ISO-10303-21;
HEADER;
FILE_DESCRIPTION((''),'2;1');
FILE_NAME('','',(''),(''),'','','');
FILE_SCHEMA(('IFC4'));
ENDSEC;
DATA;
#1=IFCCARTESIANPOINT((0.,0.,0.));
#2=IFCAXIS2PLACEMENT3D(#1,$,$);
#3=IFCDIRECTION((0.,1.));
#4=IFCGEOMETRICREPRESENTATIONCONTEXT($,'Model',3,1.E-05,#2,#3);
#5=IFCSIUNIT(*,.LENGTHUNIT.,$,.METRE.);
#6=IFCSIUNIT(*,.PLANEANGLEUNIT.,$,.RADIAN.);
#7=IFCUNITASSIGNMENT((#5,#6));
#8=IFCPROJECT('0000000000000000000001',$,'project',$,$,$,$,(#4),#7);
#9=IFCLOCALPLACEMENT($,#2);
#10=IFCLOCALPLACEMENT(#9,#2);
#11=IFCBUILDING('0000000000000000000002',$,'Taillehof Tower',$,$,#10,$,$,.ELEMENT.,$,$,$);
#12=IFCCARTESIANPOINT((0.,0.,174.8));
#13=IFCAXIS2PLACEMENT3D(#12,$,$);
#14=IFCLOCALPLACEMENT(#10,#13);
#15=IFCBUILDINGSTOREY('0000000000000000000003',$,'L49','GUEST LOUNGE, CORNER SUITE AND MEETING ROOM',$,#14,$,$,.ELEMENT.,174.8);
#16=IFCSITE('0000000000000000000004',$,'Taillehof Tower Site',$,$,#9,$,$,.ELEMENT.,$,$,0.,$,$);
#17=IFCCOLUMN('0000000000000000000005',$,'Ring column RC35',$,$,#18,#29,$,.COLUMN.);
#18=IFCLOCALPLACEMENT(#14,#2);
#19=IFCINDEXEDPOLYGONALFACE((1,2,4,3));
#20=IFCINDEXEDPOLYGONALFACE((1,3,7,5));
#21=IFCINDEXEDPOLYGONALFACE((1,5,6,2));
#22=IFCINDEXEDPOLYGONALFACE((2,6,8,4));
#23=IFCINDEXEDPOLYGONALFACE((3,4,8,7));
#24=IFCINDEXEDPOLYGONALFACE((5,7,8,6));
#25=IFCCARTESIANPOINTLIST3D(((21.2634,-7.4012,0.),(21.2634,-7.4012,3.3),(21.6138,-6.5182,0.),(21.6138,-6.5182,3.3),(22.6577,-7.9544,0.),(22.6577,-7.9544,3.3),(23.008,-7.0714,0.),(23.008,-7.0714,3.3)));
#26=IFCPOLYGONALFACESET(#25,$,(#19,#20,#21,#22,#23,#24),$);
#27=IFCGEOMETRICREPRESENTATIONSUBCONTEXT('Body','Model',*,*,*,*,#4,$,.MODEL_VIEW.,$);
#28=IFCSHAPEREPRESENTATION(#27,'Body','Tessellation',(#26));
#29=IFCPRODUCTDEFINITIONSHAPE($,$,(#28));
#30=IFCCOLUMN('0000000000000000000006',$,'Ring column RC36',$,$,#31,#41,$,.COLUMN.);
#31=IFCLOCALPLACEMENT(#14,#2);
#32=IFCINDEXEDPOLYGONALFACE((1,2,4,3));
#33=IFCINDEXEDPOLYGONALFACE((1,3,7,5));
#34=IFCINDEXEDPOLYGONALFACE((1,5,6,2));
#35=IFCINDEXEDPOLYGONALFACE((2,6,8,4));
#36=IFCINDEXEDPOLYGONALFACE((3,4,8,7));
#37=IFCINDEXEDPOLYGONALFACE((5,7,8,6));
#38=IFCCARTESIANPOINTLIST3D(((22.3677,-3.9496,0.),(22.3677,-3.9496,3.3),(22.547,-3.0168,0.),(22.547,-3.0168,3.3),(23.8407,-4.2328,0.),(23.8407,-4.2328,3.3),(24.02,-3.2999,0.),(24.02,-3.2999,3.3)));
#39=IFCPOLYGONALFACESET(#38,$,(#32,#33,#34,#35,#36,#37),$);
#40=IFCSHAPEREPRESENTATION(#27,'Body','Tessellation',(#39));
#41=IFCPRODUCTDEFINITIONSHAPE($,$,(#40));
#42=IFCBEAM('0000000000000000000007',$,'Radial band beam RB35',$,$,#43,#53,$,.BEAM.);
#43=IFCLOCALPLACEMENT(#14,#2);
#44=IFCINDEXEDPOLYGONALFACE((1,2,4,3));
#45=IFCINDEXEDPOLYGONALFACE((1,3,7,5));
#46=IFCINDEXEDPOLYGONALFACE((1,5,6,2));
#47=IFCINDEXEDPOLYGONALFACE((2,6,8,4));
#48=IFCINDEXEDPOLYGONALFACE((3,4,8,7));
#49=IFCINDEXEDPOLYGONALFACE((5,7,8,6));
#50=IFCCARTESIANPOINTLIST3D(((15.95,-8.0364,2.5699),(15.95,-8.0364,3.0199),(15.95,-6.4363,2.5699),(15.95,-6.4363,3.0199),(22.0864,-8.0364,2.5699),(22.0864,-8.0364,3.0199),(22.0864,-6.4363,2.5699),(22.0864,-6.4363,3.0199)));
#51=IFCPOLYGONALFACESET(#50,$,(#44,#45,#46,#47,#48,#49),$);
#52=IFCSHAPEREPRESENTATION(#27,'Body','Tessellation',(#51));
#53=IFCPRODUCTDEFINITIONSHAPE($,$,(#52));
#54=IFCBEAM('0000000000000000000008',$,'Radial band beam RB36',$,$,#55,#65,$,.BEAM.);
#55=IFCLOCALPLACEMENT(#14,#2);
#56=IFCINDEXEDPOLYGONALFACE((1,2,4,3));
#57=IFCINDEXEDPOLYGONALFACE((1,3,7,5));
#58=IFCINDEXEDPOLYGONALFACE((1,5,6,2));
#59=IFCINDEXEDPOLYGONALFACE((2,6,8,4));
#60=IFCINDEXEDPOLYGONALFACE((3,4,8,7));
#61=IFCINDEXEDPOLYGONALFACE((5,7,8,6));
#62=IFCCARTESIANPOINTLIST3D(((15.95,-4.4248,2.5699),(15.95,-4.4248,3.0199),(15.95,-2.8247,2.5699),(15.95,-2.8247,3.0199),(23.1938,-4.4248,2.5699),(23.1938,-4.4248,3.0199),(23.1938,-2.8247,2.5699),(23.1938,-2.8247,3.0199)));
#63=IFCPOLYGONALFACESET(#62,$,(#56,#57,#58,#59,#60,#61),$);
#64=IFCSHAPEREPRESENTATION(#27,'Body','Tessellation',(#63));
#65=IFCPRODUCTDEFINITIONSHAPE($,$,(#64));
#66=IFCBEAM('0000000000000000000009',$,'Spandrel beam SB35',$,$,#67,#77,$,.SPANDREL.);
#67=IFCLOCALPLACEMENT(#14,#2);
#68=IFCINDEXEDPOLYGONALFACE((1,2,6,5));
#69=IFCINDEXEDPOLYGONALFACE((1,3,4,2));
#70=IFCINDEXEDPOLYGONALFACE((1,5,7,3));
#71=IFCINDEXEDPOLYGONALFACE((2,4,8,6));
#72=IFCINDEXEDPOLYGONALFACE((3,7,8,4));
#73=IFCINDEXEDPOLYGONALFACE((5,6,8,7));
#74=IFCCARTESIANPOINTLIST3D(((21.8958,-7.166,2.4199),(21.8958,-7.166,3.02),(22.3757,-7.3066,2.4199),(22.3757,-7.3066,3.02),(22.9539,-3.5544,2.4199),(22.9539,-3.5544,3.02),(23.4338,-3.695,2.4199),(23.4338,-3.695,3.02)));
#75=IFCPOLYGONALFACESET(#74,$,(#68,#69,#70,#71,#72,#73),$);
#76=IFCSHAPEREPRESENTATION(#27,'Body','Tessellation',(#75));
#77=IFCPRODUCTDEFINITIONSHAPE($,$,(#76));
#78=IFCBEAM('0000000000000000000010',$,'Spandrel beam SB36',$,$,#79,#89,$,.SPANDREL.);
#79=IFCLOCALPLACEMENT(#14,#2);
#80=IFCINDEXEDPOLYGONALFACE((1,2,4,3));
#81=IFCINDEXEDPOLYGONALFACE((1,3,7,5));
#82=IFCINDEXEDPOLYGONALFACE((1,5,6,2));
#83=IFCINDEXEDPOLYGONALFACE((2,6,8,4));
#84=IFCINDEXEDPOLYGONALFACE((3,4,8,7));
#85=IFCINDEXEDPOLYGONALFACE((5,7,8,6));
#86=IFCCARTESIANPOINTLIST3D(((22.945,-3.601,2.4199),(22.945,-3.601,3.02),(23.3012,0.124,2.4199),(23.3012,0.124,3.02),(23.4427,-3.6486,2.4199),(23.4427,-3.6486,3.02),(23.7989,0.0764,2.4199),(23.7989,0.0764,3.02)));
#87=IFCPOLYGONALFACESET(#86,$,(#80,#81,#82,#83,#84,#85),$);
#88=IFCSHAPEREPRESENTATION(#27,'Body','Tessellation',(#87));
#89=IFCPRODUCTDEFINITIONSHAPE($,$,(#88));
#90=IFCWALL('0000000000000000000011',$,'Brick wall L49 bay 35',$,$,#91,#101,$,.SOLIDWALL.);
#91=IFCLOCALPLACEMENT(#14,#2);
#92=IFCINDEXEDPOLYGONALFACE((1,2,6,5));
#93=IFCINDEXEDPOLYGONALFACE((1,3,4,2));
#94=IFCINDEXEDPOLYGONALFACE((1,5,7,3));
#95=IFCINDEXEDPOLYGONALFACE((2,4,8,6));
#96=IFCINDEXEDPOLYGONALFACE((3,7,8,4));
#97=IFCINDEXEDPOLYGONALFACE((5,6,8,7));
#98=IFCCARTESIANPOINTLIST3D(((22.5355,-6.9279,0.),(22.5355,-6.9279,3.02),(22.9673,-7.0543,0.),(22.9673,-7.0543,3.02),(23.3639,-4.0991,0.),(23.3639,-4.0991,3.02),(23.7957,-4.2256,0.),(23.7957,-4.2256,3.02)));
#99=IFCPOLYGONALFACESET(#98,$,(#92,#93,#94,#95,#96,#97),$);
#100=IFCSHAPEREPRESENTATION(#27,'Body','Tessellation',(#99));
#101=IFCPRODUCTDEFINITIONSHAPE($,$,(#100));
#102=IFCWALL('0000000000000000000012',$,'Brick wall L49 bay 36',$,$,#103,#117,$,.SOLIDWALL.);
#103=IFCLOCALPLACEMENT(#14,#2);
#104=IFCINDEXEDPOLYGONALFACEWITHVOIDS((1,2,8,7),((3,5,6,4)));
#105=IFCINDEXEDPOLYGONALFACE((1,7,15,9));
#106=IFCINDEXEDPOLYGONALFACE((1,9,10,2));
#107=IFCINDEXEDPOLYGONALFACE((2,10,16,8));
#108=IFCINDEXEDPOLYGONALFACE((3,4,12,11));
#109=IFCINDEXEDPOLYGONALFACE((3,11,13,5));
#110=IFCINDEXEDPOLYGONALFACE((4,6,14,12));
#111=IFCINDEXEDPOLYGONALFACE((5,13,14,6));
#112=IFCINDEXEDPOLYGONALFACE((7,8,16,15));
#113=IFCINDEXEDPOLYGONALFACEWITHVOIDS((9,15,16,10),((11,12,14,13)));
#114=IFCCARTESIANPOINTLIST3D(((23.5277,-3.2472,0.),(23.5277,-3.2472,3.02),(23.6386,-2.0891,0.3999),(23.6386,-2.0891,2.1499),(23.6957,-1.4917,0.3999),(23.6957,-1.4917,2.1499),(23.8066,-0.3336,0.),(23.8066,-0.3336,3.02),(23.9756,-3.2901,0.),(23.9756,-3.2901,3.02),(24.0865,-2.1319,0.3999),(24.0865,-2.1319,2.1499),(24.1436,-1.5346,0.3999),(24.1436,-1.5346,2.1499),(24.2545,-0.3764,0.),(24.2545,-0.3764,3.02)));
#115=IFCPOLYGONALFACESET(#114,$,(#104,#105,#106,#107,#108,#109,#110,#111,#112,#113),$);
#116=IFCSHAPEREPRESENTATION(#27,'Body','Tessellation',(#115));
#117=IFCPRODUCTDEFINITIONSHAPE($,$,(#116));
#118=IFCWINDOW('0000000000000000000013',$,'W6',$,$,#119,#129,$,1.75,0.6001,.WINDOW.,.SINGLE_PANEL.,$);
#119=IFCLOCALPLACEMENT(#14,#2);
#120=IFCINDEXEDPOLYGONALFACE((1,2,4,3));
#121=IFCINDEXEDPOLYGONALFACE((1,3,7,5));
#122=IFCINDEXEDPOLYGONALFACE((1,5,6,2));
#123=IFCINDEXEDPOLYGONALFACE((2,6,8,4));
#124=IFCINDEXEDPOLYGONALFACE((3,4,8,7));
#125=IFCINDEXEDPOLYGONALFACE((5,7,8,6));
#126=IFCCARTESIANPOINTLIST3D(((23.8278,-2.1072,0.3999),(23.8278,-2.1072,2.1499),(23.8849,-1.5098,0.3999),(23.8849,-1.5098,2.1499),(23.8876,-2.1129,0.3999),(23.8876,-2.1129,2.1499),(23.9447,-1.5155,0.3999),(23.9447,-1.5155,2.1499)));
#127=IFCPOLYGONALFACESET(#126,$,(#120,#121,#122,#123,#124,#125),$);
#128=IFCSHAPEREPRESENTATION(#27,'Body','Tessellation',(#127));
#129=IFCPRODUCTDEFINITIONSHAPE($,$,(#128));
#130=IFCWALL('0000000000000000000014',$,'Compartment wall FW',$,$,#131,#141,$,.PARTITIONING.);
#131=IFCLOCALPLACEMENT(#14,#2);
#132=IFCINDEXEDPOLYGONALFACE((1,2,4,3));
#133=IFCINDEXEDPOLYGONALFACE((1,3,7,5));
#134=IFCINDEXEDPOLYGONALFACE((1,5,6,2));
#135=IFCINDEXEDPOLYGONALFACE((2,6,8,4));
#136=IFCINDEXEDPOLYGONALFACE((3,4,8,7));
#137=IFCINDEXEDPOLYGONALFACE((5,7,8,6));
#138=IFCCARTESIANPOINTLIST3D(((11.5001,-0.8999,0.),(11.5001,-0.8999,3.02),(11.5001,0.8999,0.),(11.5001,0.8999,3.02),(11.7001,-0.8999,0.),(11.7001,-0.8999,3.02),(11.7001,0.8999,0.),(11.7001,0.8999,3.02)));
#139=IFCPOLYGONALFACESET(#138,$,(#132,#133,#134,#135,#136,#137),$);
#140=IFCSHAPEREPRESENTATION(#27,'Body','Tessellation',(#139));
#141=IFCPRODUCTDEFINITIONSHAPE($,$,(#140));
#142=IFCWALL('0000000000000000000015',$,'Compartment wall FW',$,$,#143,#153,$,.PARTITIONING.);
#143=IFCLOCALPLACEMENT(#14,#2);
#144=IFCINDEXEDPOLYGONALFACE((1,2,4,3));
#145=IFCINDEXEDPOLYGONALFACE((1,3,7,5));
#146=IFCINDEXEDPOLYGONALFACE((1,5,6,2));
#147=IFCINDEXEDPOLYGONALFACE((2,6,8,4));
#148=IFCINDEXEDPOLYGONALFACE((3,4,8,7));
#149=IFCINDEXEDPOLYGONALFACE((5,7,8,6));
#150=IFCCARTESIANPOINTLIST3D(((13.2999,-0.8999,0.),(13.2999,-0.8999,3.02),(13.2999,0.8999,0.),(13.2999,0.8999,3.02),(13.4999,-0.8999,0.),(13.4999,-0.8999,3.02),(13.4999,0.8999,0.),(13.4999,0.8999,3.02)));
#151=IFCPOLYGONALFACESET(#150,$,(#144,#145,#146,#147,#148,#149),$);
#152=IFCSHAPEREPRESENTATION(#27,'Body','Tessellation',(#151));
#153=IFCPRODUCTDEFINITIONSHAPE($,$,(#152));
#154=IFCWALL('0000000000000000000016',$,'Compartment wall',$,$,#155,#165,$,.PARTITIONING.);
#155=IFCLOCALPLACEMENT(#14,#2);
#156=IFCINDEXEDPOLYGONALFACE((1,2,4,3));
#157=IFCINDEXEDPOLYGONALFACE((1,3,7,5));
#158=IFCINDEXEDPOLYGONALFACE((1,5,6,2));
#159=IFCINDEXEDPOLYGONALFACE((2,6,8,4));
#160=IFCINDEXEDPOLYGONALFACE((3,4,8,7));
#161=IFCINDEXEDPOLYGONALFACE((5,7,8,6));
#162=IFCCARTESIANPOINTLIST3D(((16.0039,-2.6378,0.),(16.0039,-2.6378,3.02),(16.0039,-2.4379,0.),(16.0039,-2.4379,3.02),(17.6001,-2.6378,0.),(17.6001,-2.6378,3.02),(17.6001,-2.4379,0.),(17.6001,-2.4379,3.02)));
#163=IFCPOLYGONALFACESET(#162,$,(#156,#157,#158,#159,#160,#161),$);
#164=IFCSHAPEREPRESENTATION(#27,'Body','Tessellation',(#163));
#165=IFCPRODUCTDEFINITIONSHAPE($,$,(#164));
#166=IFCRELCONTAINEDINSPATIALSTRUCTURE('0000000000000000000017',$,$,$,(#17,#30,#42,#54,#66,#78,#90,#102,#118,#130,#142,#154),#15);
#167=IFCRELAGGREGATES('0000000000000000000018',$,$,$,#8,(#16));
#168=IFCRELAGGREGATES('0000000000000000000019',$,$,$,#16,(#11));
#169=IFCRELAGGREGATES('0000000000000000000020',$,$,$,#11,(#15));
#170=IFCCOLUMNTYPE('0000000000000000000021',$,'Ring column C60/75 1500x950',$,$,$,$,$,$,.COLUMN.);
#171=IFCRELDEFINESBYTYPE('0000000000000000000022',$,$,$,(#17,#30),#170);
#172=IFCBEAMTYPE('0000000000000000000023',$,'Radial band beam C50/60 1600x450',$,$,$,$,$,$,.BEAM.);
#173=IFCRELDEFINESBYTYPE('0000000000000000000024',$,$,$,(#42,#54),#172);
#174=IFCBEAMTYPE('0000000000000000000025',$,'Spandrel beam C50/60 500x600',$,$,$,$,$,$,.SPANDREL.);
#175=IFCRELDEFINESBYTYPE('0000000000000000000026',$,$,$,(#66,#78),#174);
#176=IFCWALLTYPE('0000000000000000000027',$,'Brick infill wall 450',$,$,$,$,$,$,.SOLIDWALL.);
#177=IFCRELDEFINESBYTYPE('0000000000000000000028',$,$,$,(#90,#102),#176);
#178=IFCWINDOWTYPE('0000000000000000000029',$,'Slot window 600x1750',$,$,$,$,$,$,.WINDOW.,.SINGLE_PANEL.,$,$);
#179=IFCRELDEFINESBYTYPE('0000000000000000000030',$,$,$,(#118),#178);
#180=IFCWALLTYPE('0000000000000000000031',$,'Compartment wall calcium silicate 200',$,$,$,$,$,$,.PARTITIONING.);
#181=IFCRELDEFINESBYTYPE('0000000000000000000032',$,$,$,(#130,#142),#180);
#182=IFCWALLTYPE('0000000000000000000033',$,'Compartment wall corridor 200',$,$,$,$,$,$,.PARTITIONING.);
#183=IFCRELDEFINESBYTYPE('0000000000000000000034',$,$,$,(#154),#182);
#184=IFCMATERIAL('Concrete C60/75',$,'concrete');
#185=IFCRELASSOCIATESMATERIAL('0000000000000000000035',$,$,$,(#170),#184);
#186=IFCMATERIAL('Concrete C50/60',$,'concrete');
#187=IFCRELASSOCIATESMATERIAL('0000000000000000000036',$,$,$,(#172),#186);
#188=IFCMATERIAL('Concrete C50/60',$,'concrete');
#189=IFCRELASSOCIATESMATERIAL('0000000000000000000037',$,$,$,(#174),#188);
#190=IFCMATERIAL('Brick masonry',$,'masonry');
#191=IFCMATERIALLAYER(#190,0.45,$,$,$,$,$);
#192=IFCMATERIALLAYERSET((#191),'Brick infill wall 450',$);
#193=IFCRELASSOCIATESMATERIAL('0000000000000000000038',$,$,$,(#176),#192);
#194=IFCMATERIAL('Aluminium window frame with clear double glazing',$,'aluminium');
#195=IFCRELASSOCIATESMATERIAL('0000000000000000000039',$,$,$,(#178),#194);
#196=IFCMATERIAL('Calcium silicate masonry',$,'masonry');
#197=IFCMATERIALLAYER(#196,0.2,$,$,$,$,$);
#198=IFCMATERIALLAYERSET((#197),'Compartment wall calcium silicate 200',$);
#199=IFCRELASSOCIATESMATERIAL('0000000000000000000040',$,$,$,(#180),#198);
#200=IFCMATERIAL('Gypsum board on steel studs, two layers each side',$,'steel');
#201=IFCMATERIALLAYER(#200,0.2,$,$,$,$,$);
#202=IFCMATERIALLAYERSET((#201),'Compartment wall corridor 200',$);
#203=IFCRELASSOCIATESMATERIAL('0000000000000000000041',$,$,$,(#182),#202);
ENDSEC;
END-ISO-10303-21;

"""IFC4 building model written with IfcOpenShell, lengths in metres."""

from ifc_helpers import new_model, si_unit, direction, frame, frame_2d, origin, origin_2d, place, context, subcontext, project, spatial, rectangle, extrude, material, layer, layer_set, material_profile, profile_set, type_object, element, fill, save


model = new_model("IFC4")

# Units and contexts
model_context = context("Model", 3, precision=1e-05, world=origin(), true_north=direction((0.0, 1.0)))
body_context = subcontext(model_context, "Body", "Model", "MODEL_VIEW")
ifc_project = project(units=[si_unit("LENGTHUNIT", "METRE"), si_unit("PLANEANGLEUNIT", "RADIAN")], contexts=[model_context])

# Site, building, storey
site_placement = place(None, origin())
site = spatial("IfcSite", under=ifc_project, at=site_placement, Name="Taillehof Tower Site", CompositionType="ELEMENT", RefElevation=0.0)
building_placement = place(site_placement, origin())
building = spatial("IfcBuilding", under=site, at=building_placement, Name="Taillehof Tower", CompositionType="ELEMENT")
storey_placement = place(building_placement, frame((0.0, 0.0, 174.8)))
storey = spatial("IfcBuildingStorey", under=building, at=storey_placement, Name="L49", Description="GUEST LOUNGE, CORNER SUITE AND MEETING ROOM", CompositionType="ELEMENT", Elevation=174.8)

# Columns
ifc_material_1 = material(Name="Concrete C60/75", Category="concrete")
ifc_material_profile_1 = material_profile(ifc_material_1, rectangle(XDim=1.5, YDim=0.95, at=origin_2d()), Name="RC 1500x950")
ifc_profile_set_1 = profile_set([ifc_material_profile_1], Name="Concrete C60/75")
column_type = type_object("IfcColumnType", Name="Ring column C60/75 1500x950", PredefinedType="COLUMN", material=ifc_profile_set_1)
for number, where, z_axis, x_axis, name in (
    (1, (22.1357, -7.2363, 0.0), (0.0, 0.0, 1.0), (0.929511, -0.368793, 0.0), "Ring column RC35"),
    (2, (23.1938, -3.6248, 0.0), (0.0, 0.0, 1.0), (0.982024, -0.188757, 0.0), "Ring column RC36"),
):
    element("IfcColumn", number, at=place(storey_placement, frame(where, z_axis=z_axis, x_axis=x_axis)), inside=storey, type_object=column_type, Name=name, PredefinedType="COLUMN", context=body_context, shape_type="SweptSolid", body=[
        extrude(rectangle(XDim=1.5, YDim=0.95, at=origin_2d()), origin(), (0.0, 0.0, 1.0), 3.3),
    ])

# Beams
ifc_material_2 = material(Name="Concrete C50/60", Category="concrete")
ifc_material_profile_2 = material_profile(ifc_material_2, rectangle(XDim=1.6001, YDim=0.45, at=origin_2d()), Name="RC 1600x450")
ifc_profile_set_2 = profile_set([ifc_material_profile_2], Name="Concrete C50/60")
beam_type_1 = type_object("IfcBeamType", Name="Radial band beam C50/60 1600x450", PredefinedType="BEAM", material=ifc_profile_set_2)
beam_1_placement = place(storey_placement, frame((22.0864, -7.2363, 2.7949), z_axis=(-1.0, 0.0, 0.0), x_axis=(0.0, -1.0, 0.0)))
element("IfcBeam", 3, at=beam_1_placement, inside=storey, type_object=beam_type_1, Name="Radial band beam RB35", PredefinedType="BEAM", context=body_context, shape_type="SweptSolid", body=[
    extrude(rectangle(XDim=1.6001, YDim=0.45, at=origin_2d()), origin(), (0.0, 0.0, 1.0), 6.1365),
])
beam_2_placement = place(storey_placement, frame((23.1938, -3.6248, 2.7949), z_axis=(-1.0, 0.0, 0.0), x_axis=(0.0, -1.0, 0.0)))
element("IfcBeam", 4, at=beam_2_placement, inside=storey, type_object=beam_type_1, Name="Radial band beam RB36", PredefinedType="BEAM", context=body_context, shape_type="SweptSolid", body=[
    extrude(rectangle(XDim=1.6001, YDim=0.45, at=origin_2d()), origin(), (0.0, 0.0, 1.0), 7.2439),
])
ifc_material_3 = material(Name="Concrete C50/60", Category="concrete")
ifc_material_profile_3 = material_profile(ifc_material_3, rectangle(XDim=0.5, YDim=0.6001, at=origin_2d()), Name="RC 500x600")
ifc_profile_set_3 = profile_set([ifc_material_profile_3], Name="Concrete C50/60")
beam_type_2 = type_object("IfcBeamType", Name="Spandrel beam C50/60 500x600", PredefinedType="SPANDREL", material=ifc_profile_set_3)
beam_3_placement = place(storey_placement, frame((22.1357, -7.2363, 2.72), z_axis=(0.281158, 0.959661, 0.0), x_axis=(-0.959661, 0.281158, 0.0)))
element("IfcBeam", 5, at=beam_3_placement, inside=storey, type_object=beam_type_2, Name="Spandrel beam SB35", PredefinedType="SPANDREL", context=body_context, shape_type="SweptSolid", body=[
    extrude(rectangle(XDim=0.5, YDim=0.6001, at=origin_2d()), origin(), (0.0, 0.0, 1.0), 3.7634),
])
beam_4_placement = place(storey_placement, frame((23.1938, -3.6248, 2.72), z_axis=(0.095194, 0.995459, 0.0), x_axis=(-0.995459, 0.095194, 0.0)))
element("IfcBeam", 6, at=beam_4_placement, inside=storey, type_object=beam_type_2, Name="Spandrel beam SB36", PredefinedType="SPANDREL", context=body_context, shape_type="SweptSolid", body=[
    extrude(rectangle(XDim=0.5, YDim=0.6001, at=origin_2d()), origin(), (0.0, 0.0, 1.0), 3.7419),
])

# Wall
ifc_material_4 = material(Name="Brick masonry", Category="masonry")
ifc_layer_1 = layer(ifc_material_4, 0.45)
ifc_layer_set_1 = layer_set([ifc_layer_1], Name="Brick infill wall 450")
wall_type_1 = type_object("IfcWallType", Name="Brick infill wall 450", PredefinedType="SOLIDWALL", material=ifc_layer_set_1)
wall_1_placement = place(storey_placement, frame((22.7515, -6.991, 0.0), z_axis=(0.0, 0.0, 1.0), x_axis=(0.281049, 0.959693, 0.0)))
element("IfcWall", 7, at=wall_1_placement, inside=storey, type_object=wall_type_1, Name="Brick wall L49 bay 35", PredefinedType="SOLIDWALL", context=body_context, shape_type="SweptSolid", body=[
    extrude(rectangle(XDim=2.9475, YDim=0.45, at=frame_2d((1.4736, 0.0))), origin(), (0.0, 0.0, 1.0), 3.02),
])

# Wall, opening, window
wall_2_placement = place(storey_placement, frame((23.7517, -3.2686, 0.0), z_axis=(0.0, 0.0, 1.0), x_axis=(0.095258, 0.995453, 0.0)))
wall_2 = element("IfcWall", 8, at=wall_2_placement, inside=storey, type_object=wall_type_1, Name="Brick wall L49 bay 36", PredefinedType="SOLIDWALL", context=body_context, shape_type="SweptSolid", body=[
    extrude(rectangle(XDim=2.927, YDim=0.45, at=frame_2d((1.4634, 0.0))), origin(), (0.0, 0.0, 1.0), 3.02),
])
opening_1_placement = place(wall_2_placement, frame((1.1633, 0.0, 0.3999)))
opening_1 = element("IfcOpeningElement", 9, at=opening_1_placement, cuts=wall_2, PredefinedType="OPENING", context=body_context, shape_type="SweptSolid", body=[
    extrude(rectangle(XDim=0.6001, YDim=1.75, at=frame_2d((0.3, 0.875))), frame((0.0, 0.2349, 0.0), z_axis=(0.0, -1.0, 0.0), x_axis=(1.0, 0.0, 0.0)), (0.0, 0.0, 1.0), 0.47),
])
ifc_material_5 = material(Name="Aluminium window frame with clear double glazing", Category="aluminium")
window_type = type_object("IfcWindowType", Name="Slot window 600x1750", PartitioningType="SINGLE_PANEL", PredefinedType="WINDOW", material=ifc_material_5)
window_placement = place(opening_1_placement, origin())
window = element("IfcWindow", 10, at=window_placement, inside=storey, type_object=window_type, Name="W6", OverallHeight=1.75, OverallWidth=0.6001, PartitioningType="SINGLE_PANEL", PredefinedType="WINDOW", context=body_context, shape_type="SweptSolid", body=[
    extrude(rectangle(XDim=0.6001, YDim=1.75, at=frame_2d((0.3, 0.875))), frame((0.0, 0.0349, 0.0), z_axis=(0.0, -1.0, 0.0), x_axis=(1.0, 0.0, 0.0)), (0.0, 0.0, 1.0), 0.0601),
])
fill(opening_1, window)

# Walls
ifc_material_6 = material(Name="Calcium silicate masonry", Category="masonry")
ifc_layer_2 = layer(ifc_material_6, 0.2)
ifc_layer_set_2 = layer_set([ifc_layer_2], Name="Compartment wall calcium silicate 200")
wall_type_2 = type_object("IfcWallType", Name="Compartment wall calcium silicate 200", PredefinedType="PARTITIONING", material=ifc_layer_set_2)
for number, where, z_axis, x_axis, name in (
    (11, (11.6001, -0.8999, 0.0), (0.0, 0.0, 1.0), (0.0, 1.0, 0.0), "Compartment wall FW"),
    (12, (13.3999, -0.8999, 0.0), (0.0, 0.0, 1.0), (0.0, 1.0, 0.0), "Compartment wall FW"),
):
    element("IfcWall", number, at=place(storey_placement, frame(where, z_axis=z_axis, x_axis=x_axis)), inside=storey, type_object=wall_type_2, Name=name, PredefinedType="PARTITIONING", context=body_context, shape_type="SweptSolid", body=[
        extrude(rectangle(XDim=1.7998, YDim=0.2, at=frame_2d((0.8999, 0.0))), origin(), (0.0, 0.0, 1.0), 3.02),
    ])
ifc_material_7 = material(Name="Gypsum board on steel studs, two layers each side", Category="steel")
ifc_layer_3 = layer(ifc_material_7, 0.2)
ifc_layer_set_3 = layer_set([ifc_layer_3], Name="Compartment wall corridor 200")
wall_type_3 = type_object("IfcWallType", Name="Compartment wall corridor 200", PredefinedType="PARTITIONING", material=ifc_layer_set_3)
wall_3_placement = place(storey_placement, frame((16.0039, -2.5378, 0.0), z_axis=(0.0, 0.0, 1.0), x_axis=(1.0, 0.0, 0.0)))
element("IfcWall", 13, at=wall_3_placement, inside=storey, type_object=wall_type_3, Name="Compartment wall", PredefinedType="PARTITIONING", context=body_context, shape_type="SweptSolid", body=[
    extrude(rectangle(XDim=1.5962, YDim=0.2, at=frame_2d((0.7981, 0.0))), origin(), (0.0, 0.0, 1.0), 3.02),
])

save(model, "model.ifc")
